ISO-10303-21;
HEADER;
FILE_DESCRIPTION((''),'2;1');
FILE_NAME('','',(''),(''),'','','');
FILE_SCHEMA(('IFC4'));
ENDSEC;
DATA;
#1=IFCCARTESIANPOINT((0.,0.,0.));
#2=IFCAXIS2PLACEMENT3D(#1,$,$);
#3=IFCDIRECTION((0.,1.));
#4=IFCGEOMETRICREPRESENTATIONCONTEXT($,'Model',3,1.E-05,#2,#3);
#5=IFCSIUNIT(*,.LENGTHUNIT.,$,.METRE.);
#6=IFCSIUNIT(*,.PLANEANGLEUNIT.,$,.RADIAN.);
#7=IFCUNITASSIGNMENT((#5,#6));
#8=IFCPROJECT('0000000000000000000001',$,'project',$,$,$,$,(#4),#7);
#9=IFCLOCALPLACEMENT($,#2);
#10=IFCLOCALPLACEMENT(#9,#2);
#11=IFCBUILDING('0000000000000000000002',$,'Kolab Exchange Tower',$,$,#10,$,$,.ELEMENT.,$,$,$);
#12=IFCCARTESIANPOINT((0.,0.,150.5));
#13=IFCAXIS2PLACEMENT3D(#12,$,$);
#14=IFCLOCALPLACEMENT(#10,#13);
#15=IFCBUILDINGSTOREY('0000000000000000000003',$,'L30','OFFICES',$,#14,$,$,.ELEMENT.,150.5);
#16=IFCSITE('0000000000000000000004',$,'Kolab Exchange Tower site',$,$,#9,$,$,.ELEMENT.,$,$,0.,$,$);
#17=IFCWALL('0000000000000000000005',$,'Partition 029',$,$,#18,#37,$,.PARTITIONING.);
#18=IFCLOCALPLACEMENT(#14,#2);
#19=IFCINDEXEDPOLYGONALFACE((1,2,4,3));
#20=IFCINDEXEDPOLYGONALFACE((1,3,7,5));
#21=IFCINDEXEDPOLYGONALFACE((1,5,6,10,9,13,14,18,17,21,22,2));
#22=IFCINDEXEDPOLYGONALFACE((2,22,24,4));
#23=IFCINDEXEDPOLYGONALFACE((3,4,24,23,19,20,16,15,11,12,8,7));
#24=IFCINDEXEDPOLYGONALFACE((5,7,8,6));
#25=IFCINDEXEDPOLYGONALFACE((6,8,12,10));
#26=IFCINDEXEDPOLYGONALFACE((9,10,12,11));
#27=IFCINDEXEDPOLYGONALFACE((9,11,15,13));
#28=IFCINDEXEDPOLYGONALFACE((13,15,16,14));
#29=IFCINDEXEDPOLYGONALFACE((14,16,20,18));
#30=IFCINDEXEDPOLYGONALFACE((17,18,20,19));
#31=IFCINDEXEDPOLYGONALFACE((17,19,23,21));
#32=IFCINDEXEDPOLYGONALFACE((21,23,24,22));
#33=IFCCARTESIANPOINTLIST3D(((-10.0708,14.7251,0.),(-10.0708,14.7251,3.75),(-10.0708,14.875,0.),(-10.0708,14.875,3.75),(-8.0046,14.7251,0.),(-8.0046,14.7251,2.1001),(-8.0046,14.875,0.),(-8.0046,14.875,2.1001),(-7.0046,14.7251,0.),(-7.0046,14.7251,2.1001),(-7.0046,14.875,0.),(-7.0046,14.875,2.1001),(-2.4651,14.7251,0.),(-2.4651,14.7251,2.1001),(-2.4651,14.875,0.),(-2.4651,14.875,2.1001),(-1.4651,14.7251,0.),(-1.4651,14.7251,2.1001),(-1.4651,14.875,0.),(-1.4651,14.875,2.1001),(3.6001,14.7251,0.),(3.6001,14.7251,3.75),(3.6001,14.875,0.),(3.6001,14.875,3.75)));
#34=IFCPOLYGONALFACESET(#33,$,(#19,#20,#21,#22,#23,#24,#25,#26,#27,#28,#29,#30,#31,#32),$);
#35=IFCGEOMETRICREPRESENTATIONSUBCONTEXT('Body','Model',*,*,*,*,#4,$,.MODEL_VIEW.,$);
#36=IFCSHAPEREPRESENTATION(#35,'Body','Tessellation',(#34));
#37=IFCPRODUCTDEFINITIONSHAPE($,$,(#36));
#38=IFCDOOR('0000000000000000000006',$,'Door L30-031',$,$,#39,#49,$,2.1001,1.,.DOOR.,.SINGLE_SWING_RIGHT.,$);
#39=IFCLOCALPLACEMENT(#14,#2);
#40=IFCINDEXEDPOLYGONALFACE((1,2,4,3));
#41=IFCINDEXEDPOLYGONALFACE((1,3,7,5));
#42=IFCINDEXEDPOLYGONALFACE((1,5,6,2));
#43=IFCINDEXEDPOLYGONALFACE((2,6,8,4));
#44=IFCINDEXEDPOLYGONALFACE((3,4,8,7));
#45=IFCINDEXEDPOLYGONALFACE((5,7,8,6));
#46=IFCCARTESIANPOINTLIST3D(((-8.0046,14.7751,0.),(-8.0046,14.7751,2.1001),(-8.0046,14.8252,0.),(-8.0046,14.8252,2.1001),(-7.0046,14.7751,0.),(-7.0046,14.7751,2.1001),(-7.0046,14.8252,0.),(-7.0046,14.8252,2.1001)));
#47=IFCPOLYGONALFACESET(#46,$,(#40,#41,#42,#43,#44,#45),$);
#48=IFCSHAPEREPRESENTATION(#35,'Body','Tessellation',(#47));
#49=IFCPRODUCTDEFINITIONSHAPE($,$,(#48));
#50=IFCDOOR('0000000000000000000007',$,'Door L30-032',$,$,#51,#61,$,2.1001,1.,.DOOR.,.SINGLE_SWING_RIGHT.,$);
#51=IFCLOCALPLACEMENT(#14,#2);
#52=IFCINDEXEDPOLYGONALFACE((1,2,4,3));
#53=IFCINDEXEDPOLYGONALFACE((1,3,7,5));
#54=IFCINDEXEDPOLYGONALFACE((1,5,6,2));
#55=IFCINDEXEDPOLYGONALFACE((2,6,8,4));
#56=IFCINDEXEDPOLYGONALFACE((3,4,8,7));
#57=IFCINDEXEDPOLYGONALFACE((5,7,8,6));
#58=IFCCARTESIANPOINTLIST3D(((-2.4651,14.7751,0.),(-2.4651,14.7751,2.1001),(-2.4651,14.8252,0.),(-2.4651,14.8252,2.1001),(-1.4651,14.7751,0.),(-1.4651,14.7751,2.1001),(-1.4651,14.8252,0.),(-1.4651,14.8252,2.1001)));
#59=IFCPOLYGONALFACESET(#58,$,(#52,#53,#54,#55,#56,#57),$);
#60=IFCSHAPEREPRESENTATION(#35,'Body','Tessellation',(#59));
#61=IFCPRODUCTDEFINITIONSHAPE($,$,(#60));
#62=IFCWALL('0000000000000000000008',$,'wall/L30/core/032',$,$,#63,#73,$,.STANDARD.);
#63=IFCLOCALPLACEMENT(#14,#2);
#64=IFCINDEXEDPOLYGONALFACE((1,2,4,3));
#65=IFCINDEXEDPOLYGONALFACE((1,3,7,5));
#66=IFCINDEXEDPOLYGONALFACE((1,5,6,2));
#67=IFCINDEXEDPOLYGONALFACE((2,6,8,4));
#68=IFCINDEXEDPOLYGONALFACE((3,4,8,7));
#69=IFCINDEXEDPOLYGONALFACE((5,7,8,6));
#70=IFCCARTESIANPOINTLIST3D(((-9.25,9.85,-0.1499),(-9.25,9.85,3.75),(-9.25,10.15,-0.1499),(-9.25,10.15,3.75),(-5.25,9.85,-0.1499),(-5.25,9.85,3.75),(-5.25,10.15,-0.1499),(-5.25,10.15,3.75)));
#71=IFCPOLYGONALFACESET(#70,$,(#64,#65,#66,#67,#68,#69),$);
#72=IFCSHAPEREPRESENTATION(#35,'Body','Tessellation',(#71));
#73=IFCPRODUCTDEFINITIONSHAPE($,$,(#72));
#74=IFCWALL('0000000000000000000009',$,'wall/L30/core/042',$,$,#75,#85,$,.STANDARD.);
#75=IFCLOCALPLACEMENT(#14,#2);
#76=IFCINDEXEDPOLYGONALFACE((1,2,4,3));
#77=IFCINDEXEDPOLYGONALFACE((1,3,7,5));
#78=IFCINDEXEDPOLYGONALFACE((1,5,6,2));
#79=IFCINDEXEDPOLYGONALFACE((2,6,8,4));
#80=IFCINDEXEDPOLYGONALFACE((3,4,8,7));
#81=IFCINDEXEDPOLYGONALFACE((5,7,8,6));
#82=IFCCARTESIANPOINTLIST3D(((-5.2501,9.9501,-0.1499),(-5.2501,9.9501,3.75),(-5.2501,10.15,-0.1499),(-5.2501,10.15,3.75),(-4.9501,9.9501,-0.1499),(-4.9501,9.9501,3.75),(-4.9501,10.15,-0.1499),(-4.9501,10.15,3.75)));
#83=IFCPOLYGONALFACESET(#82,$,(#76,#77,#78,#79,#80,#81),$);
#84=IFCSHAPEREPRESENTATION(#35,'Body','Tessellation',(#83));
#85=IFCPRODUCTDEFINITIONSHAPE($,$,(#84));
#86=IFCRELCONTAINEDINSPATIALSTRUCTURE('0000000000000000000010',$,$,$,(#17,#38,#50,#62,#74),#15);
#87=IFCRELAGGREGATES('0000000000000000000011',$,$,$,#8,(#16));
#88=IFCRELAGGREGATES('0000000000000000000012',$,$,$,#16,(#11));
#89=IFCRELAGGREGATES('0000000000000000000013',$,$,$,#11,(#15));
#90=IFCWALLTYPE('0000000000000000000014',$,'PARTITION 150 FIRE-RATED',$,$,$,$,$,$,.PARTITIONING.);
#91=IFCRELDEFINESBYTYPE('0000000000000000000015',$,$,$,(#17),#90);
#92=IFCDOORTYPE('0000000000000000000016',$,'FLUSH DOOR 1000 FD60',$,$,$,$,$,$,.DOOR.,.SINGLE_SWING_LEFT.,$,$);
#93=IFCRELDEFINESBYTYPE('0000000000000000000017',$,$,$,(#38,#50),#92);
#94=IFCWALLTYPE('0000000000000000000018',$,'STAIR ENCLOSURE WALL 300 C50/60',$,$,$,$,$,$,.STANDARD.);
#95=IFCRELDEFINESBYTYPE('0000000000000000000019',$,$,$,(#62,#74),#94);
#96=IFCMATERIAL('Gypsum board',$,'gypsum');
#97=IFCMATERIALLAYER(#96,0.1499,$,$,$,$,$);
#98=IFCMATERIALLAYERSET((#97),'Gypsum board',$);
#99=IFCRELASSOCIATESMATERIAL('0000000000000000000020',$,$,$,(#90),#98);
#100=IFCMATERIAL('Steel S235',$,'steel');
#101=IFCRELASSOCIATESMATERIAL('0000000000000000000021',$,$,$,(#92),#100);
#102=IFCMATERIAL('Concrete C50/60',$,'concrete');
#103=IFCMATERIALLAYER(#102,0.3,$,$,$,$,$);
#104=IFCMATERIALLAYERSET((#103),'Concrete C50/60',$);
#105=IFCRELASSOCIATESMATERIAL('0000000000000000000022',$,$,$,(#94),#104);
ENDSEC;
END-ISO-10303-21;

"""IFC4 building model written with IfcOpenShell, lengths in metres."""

from ifc_helpers import new_model, si_unit, direction, frame, frame_2d, origin, place, context, subcontext, project, spatial, rectangle, extrude, material, layer, layer_set, type_object, element, fill, save


model = new_model("IFC4")

# Units and contexts
model_context = context("Model", 3, precision=1e-05, world=origin(), true_north=direction((0.0, 1.0)))
body_context = subcontext(model_context, "Body", "Model", "MODEL_VIEW")
ifc_project = project(units=[si_unit("LENGTHUNIT", "METRE"), si_unit("PLANEANGLEUNIT", "RADIAN")], contexts=[model_context])

# Site, building, storey
site_placement = place(None, origin())
site = spatial("IfcSite", under=ifc_project, at=site_placement, Name="Kolab Exchange Tower site", CompositionType="ELEMENT", RefElevation=0.0)
building_placement = place(site_placement, origin())
building = spatial("IfcBuilding", under=site, at=building_placement, Name="Kolab Exchange Tower", CompositionType="ELEMENT")
storey_placement = place(building_placement, frame((0.0, 0.0, 150.5)))
storey = spatial("IfcBuildingStorey", under=building, at=storey_placement, Name="L30", Description="OFFICES", CompositionType="ELEMENT", Elevation=150.5)

# Shared definitions
ifc_material_1 = material(Name="Gypsum board", Category="gypsum")

# Wall, openings, doors
ifc_layer_1 = layer(ifc_material_1, 0.1499)
ifc_layer_set_1 = layer_set([ifc_layer_1], Name="Gypsum board")
wall_type_1 = type_object("IfcWallType", Name="PARTITION 150 FIRE-RATED", PredefinedType="PARTITIONING", material=ifc_layer_set_1)
wall_1_placement = place(storey_placement, frame((-10.0708, 14.8, 0.0), z_axis=(0.0, 0.0, 1.0), x_axis=(1.0, 0.0, 0.0)))
wall_1 = element("IfcWall", 1, at=wall_1_placement, inside=storey, type_object=wall_type_1, Name="Partition 029", PredefinedType="PARTITIONING", context=body_context, shape_type="SweptSolid", body=[
    extrude(rectangle(XDim=13.6709, YDim=0.1499, at=frame_2d((6.8354, 0.0))), origin(), (0.0, 0.0, 1.0), 3.75),
])
opening_1_placement = place(wall_1_placement, frame((2.0662, 0.0, 0.0)))
opening_1 = element("IfcOpeningElement", 2, at=opening_1_placement, cuts=wall_1, PredefinedType="OPENING", context=body_context, shape_type="SweptSolid", body=[
    extrude(rectangle(XDim=1.0, YDim=2.1001, at=frame_2d((0.5, 1.05))), frame((0.0, 0.085, 0.0), z_axis=(0.0, -1.0, 0.0), x_axis=(1.0, 0.0, 0.0)), (0.0, 0.0, 1.0), 0.1699),
])
opening_2_placement = place(wall_1_placement, frame((7.6057, 0.0, 0.0)))
opening_2 = element("IfcOpeningElement", 3, at=opening_2_placement, cuts=wall_1, PredefinedType="OPENING", context=body_context, shape_type="SweptSolid", body=[
    extrude(rectangle(XDim=1.0, YDim=2.1001, at=frame_2d((0.5, 1.05))), frame((0.0, 0.085, 0.0), z_axis=(0.0, -1.0, 0.0), x_axis=(1.0, 0.0, 0.0)), (0.0, 0.0, 1.0), 0.1699),
])
ifc_material_2 = material(Name="Steel S235", Category="steel")
door_type = type_object("IfcDoorType", Name="FLUSH DOOR 1000 FD60", OperationType="SINGLE_SWING_LEFT", PredefinedType="DOOR", material=ifc_material_2)
door_1_placement = place(opening_1_placement, frame((1.0, 0.0, 0.0), z_axis=(0.0, 0.0, 1.0), x_axis=(-1.0, 0.0, 0.0)))
door_1 = element("IfcDoor", 4, at=door_1_placement, inside=storey, type_object=door_type, Name="Door L30-031", OperationType="SINGLE_SWING_RIGHT", OverallHeight=2.1001, OverallWidth=1.0, PredefinedType="DOOR", context=body_context, shape_type="SweptSolid", body=[
    extrude(rectangle(XDim=1.0, YDim=2.1001, at=frame_2d((0.5, 1.05))), frame((0.0, 0.0249, 0.0), z_axis=(0.0, -1.0, 0.0), x_axis=(1.0, 0.0, 0.0)), (0.0, 0.0, 1.0), 0.05),
])
fill(opening_1, door_1)
door_2_placement = place(opening_2_placement, frame((1.0, 0.0, 0.0), z_axis=(0.0, 0.0, 1.0), x_axis=(-1.0, 0.0, 0.0)))
door_2 = element("IfcDoor", 5, at=door_2_placement, inside=storey, type_object=door_type, Name="Door L30-032", OperationType="SINGLE_SWING_RIGHT", OverallHeight=2.1001, OverallWidth=1.0, PredefinedType="DOOR", context=body_context, shape_type="SweptSolid", body=[
    extrude(rectangle(XDim=1.0, YDim=2.1001, at=frame_2d((0.5, 1.05))), frame((0.0, 0.0249, 0.0), z_axis=(0.0, -1.0, 0.0), x_axis=(1.0, 0.0, 0.0)), (0.0, 0.0, 1.0), 0.05),
])
fill(opening_2, door_2)

# Walls
ifc_material_3 = material(Name="Concrete C50/60", Category="concrete")
ifc_layer_2 = layer(ifc_material_3, 0.3)
ifc_layer_set_2 = layer_set([ifc_layer_2], Name="Concrete C50/60")
wall_type_2 = type_object("IfcWallType", Name="STAIR ENCLOSURE WALL 300 C50/60", PredefinedType="STANDARD", material=ifc_layer_set_2)
wall_2_placement = place(storey_placement, frame((-9.25, 10.0, -0.1499), z_axis=(0.0, 0.0, 1.0), x_axis=(1.0, 0.0, 0.0)))
element("IfcWall", 6, at=wall_2_placement, inside=storey, type_object=wall_type_2, Name="wall/L30/core/032", PredefinedType="STANDARD", context=body_context, shape_type="SweptSolid", body=[
    extrude(rectangle(XDim=4.0, YDim=0.3, at=frame_2d((2.0, 0.0))), origin(), (0.0, 0.0, 1.0), 3.8999),
])
wall_3_placement = place(storey_placement, frame((-5.1001, 9.95, -0.1499), z_axis=(0.0, 0.0, 1.0), x_axis=(0.0, 1.0, 0.0)))
element("IfcWall", 7, at=wall_3_placement, inside=storey, type_object=wall_type_2, Name="wall/L30/core/042", PredefinedType="STANDARD", context=body_context, shape_type="SweptSolid", body=[
    extrude(rectangle(XDim=0.2, YDim=0.3, at=frame_2d((0.1001, 0.0))), origin(), (0.0, 0.0, 1.0), 3.8999),
])

save(model, "model.ifc")
